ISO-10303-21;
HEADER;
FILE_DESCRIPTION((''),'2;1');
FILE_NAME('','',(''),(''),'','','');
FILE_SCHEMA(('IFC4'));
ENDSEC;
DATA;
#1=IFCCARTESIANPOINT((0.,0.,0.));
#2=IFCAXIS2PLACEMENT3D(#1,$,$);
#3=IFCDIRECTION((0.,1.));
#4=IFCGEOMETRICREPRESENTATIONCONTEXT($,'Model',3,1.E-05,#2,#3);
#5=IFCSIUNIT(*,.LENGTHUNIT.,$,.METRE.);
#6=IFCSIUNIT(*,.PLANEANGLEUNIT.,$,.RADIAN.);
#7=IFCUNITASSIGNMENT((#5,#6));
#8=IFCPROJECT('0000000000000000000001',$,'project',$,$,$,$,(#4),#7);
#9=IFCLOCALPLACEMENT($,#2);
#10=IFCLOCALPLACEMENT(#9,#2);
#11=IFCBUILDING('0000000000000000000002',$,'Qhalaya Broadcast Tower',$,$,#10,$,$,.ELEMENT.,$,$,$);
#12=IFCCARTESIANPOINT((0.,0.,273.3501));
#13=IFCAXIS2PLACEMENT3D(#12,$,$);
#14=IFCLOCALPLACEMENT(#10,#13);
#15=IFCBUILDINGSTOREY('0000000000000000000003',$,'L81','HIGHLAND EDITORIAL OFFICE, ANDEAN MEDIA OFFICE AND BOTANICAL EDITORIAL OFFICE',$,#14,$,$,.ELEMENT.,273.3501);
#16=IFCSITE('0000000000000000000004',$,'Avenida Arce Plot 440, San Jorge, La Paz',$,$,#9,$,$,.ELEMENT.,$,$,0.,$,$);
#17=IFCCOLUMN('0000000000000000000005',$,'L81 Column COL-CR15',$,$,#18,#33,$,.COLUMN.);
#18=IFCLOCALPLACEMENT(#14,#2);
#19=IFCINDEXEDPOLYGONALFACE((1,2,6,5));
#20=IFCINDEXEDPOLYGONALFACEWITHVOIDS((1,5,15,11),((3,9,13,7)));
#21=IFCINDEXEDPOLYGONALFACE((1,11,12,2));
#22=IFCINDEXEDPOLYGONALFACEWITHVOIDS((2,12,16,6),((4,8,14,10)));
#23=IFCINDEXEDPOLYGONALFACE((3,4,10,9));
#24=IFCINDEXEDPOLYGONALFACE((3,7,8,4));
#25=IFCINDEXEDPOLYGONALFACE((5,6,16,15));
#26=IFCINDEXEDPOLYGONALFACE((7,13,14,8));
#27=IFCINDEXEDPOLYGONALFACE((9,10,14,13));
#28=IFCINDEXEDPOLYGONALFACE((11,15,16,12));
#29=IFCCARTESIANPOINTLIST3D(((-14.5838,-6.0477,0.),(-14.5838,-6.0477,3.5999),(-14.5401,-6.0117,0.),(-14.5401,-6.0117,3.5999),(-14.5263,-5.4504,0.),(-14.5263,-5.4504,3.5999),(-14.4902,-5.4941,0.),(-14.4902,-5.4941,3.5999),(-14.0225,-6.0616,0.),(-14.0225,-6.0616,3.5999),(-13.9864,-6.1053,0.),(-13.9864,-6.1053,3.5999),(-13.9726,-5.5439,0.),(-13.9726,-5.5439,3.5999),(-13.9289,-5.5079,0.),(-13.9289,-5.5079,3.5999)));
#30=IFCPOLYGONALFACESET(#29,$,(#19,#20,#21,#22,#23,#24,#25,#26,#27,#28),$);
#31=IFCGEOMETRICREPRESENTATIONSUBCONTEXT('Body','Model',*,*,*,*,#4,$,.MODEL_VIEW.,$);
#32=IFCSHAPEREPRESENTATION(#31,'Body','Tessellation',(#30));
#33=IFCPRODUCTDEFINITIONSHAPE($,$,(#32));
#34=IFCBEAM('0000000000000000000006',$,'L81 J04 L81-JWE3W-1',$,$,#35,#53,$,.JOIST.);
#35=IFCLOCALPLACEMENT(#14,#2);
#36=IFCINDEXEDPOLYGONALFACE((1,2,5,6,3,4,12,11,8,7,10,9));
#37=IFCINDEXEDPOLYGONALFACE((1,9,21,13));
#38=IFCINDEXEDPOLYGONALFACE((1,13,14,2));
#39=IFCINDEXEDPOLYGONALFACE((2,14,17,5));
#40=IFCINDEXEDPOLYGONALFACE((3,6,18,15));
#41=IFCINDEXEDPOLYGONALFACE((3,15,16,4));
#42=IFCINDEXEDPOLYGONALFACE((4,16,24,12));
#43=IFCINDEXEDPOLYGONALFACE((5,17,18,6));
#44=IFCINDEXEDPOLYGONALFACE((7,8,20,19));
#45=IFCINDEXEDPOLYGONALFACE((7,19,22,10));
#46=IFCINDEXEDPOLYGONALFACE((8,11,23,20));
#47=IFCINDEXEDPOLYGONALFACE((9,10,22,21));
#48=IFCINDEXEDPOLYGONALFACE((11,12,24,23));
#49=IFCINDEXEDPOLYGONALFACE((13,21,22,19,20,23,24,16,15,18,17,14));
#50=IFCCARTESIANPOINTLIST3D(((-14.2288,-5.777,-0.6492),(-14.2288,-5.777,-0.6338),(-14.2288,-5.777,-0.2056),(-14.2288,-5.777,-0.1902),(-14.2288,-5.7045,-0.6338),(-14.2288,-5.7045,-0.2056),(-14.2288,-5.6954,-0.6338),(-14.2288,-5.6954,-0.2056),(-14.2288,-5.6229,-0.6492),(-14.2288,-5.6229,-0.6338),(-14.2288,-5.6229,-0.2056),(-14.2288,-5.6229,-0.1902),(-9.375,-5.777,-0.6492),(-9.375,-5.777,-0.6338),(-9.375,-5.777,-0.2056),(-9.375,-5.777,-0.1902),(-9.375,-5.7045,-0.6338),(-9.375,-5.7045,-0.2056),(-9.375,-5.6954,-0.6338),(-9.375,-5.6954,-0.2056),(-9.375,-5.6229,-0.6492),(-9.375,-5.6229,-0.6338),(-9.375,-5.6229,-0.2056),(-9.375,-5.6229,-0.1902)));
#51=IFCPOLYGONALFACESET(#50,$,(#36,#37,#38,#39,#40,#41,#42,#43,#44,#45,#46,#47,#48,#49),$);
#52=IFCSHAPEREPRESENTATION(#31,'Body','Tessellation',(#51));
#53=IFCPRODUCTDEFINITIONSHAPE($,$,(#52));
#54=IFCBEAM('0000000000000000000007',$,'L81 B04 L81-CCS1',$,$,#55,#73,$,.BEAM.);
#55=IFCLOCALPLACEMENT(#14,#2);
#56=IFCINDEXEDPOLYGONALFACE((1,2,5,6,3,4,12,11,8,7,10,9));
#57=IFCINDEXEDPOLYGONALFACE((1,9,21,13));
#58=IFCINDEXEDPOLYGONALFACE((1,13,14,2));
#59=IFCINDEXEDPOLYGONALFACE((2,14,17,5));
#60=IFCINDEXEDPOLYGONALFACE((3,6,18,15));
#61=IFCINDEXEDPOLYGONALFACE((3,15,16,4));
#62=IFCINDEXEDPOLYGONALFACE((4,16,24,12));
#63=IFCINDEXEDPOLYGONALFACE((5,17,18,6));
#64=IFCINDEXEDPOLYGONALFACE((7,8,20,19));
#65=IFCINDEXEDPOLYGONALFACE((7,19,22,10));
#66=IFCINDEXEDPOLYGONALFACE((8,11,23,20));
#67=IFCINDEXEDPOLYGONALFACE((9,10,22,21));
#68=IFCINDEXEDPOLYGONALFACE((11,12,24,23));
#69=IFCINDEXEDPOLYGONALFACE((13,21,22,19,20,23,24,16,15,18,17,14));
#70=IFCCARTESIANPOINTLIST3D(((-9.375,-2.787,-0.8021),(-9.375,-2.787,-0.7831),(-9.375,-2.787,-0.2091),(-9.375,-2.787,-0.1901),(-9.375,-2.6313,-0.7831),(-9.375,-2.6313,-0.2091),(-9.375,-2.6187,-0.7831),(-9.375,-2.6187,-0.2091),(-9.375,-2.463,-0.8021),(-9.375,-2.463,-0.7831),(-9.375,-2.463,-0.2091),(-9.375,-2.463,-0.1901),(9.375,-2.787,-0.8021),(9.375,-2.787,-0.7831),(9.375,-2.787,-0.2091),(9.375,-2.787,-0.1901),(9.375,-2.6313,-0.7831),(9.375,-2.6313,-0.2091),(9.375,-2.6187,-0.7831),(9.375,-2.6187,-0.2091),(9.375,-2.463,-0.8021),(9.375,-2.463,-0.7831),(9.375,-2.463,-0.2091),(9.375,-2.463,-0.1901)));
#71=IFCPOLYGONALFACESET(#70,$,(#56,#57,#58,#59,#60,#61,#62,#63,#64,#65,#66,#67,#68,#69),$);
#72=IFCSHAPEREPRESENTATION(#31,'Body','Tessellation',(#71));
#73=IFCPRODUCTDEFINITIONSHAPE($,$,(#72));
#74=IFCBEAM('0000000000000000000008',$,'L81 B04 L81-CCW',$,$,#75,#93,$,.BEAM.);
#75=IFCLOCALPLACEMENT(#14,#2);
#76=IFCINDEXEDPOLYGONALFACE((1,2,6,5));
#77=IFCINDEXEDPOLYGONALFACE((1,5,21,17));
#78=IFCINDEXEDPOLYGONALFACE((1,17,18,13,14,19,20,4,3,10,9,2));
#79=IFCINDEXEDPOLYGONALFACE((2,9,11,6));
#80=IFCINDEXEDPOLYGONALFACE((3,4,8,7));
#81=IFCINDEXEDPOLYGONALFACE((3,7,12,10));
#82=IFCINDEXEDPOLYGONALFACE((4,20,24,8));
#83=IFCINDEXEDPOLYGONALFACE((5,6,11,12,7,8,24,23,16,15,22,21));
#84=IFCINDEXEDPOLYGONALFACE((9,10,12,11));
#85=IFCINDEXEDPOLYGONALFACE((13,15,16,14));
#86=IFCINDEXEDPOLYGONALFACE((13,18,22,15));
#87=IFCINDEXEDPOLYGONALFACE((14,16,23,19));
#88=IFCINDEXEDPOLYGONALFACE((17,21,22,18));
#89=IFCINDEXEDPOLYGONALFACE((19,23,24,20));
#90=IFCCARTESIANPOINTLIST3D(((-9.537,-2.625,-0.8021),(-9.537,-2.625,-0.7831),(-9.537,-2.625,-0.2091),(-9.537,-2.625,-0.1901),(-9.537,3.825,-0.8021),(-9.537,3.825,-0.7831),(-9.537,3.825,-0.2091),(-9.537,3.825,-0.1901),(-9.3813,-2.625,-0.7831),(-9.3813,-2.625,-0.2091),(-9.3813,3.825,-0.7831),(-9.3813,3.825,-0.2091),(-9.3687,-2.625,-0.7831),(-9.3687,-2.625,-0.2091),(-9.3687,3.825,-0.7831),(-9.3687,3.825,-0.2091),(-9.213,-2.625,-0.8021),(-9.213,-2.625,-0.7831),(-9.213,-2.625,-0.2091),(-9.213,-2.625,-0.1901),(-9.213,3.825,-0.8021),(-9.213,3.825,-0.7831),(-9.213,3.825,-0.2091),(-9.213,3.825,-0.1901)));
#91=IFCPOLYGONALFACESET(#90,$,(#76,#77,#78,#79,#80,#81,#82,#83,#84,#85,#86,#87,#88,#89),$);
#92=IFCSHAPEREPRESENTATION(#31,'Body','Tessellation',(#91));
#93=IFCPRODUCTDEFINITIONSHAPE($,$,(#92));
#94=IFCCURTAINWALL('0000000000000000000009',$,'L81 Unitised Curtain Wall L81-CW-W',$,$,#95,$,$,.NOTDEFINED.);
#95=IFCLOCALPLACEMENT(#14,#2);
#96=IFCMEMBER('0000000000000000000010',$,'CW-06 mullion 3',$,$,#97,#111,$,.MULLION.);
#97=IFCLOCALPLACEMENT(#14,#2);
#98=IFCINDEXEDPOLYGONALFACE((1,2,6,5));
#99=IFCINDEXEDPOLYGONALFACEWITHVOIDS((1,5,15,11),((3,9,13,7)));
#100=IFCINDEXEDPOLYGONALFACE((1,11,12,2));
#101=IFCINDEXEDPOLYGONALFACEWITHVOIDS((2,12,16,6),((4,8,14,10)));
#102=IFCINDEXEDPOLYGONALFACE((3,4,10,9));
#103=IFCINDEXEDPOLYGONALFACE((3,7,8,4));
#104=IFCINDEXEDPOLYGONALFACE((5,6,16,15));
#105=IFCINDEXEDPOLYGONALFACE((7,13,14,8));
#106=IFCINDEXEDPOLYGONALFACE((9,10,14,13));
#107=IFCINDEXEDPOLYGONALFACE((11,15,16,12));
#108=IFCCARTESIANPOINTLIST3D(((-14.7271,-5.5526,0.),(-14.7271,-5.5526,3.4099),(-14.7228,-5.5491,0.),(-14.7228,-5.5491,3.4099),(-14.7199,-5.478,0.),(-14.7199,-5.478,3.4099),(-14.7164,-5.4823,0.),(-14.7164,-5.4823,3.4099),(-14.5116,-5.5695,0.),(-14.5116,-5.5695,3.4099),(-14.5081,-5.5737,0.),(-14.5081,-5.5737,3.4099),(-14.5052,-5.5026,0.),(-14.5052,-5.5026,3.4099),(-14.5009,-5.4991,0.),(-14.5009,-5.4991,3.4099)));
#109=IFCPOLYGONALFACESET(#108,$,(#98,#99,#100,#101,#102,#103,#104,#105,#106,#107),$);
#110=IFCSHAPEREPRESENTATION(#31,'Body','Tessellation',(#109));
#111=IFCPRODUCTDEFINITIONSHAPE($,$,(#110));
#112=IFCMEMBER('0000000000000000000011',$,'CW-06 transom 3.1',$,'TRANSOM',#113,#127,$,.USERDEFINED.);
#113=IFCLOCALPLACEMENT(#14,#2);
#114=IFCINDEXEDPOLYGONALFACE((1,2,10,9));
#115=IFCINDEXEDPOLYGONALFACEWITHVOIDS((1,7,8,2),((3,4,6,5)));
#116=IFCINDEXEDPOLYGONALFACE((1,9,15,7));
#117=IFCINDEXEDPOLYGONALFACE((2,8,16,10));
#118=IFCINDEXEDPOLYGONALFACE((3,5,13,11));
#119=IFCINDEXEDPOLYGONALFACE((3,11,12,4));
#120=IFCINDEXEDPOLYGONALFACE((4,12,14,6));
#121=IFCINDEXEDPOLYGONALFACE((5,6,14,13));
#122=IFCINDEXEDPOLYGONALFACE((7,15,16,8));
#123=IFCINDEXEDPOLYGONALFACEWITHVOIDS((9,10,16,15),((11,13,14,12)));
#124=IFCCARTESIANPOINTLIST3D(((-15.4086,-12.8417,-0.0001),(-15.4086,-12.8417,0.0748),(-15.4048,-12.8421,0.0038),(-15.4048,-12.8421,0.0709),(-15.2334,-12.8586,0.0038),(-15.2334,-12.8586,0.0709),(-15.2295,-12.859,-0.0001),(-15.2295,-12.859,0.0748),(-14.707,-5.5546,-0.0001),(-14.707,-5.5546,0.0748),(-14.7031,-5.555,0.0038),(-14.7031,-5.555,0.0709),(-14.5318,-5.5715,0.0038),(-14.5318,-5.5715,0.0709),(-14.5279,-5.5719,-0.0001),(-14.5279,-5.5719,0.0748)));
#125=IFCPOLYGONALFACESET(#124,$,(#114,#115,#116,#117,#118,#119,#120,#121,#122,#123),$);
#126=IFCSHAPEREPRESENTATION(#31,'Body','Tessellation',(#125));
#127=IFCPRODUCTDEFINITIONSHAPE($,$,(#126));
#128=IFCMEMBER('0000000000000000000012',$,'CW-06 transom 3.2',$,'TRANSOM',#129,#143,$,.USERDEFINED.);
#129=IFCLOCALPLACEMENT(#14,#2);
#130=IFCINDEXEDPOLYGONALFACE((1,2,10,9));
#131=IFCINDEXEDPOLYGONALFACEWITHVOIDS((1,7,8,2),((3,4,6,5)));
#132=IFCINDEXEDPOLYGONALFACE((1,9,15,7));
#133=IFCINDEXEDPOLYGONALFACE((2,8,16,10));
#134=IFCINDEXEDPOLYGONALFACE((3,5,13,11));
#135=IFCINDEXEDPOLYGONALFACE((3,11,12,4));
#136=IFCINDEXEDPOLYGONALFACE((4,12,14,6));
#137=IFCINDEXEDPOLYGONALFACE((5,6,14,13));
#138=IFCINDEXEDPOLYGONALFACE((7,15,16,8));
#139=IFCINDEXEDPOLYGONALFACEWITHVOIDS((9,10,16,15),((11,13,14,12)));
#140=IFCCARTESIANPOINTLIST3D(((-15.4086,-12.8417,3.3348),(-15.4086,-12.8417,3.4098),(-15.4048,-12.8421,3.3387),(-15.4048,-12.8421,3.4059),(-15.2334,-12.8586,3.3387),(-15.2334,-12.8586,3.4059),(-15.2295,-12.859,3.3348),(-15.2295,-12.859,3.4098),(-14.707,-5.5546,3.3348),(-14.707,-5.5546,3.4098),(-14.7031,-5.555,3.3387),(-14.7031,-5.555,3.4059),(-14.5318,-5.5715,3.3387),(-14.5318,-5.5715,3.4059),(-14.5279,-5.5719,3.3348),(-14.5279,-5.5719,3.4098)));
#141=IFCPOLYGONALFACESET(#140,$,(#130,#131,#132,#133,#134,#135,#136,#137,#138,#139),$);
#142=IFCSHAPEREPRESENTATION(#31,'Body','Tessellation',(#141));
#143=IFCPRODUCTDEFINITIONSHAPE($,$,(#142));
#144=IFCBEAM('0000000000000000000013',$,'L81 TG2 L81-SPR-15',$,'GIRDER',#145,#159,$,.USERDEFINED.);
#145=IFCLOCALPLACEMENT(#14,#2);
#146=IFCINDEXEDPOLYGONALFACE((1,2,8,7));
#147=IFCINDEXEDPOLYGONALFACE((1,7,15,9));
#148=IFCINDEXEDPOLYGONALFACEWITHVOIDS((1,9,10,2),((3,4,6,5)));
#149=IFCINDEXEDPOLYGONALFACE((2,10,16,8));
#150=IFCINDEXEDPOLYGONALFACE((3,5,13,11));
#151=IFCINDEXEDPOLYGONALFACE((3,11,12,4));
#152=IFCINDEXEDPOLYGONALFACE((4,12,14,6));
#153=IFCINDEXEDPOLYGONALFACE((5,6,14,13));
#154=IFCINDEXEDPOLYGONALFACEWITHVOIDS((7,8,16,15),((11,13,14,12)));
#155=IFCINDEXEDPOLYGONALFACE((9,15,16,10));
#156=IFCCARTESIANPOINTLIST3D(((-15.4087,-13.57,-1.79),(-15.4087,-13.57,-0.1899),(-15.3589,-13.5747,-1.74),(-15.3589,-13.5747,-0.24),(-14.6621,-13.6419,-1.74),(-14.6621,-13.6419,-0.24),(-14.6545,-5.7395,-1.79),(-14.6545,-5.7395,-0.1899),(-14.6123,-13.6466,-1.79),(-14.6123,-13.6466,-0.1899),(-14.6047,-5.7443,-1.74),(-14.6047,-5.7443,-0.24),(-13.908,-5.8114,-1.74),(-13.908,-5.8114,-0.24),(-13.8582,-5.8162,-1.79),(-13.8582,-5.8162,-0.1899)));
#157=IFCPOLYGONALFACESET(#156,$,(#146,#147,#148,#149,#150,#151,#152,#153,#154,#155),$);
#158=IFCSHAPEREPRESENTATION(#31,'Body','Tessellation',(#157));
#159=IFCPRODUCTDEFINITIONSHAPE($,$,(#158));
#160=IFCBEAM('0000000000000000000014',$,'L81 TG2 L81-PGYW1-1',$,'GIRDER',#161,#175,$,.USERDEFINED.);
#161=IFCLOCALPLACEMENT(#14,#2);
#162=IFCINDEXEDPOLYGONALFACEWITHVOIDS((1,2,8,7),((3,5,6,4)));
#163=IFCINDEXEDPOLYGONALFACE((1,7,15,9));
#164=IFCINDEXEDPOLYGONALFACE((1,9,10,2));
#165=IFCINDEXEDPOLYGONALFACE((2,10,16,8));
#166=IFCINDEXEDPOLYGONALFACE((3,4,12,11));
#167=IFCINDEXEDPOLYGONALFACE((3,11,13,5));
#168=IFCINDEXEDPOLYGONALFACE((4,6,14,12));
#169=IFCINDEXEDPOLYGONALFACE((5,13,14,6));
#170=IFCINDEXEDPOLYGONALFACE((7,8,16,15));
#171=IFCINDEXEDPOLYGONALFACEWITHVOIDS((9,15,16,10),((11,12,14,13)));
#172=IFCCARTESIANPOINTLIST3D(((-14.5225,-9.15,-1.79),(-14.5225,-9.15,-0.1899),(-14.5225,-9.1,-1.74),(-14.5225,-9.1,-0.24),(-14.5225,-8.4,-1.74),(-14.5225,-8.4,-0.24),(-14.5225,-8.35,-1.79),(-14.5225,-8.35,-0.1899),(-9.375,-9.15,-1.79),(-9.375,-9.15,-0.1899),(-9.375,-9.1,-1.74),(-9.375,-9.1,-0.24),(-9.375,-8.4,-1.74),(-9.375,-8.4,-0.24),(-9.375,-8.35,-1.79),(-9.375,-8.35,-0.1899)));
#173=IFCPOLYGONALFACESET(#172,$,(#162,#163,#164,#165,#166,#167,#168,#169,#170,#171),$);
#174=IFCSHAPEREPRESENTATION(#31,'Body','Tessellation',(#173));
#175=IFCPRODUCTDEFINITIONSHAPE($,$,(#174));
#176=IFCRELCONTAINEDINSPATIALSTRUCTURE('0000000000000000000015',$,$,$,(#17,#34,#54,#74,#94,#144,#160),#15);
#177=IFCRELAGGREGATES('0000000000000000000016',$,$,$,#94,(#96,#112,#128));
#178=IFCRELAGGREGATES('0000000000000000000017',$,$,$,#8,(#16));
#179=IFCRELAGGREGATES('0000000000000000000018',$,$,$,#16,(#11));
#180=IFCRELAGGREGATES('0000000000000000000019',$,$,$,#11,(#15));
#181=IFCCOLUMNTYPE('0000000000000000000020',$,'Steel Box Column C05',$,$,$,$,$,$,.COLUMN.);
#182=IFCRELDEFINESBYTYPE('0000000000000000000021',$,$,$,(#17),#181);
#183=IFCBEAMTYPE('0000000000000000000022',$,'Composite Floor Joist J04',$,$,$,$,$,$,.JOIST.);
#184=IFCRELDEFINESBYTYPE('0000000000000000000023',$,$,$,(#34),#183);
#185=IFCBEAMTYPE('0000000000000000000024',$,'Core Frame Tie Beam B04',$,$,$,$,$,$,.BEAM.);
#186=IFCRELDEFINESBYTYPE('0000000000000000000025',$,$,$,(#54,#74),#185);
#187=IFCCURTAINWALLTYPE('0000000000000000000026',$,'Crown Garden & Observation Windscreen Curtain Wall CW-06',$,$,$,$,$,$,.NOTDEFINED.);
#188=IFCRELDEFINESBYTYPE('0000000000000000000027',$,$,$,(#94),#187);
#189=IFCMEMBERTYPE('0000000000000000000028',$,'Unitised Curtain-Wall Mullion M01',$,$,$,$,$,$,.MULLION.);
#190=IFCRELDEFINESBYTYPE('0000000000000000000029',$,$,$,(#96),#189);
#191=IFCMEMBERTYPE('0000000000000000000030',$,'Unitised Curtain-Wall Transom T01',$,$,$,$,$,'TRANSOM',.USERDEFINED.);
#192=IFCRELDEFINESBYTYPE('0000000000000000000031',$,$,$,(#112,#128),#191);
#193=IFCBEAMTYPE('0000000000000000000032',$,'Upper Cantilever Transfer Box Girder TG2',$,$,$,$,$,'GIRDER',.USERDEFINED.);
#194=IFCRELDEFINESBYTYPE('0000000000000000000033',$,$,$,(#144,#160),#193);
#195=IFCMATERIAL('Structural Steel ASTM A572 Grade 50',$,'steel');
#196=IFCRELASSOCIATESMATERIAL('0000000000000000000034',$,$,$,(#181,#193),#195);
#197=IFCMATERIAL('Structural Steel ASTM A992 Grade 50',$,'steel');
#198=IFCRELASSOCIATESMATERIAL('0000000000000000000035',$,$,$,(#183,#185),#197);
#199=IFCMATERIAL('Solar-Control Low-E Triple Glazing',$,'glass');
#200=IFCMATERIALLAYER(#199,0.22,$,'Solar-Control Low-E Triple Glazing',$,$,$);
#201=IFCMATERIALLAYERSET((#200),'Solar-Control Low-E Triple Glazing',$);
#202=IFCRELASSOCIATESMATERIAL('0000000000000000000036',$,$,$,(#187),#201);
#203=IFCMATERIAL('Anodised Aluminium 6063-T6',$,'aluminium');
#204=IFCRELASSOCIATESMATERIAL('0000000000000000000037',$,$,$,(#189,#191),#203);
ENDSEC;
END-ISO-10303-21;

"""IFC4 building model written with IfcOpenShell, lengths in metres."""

from ifc_helpers import new_model, si_unit, direction, frame, origin, origin_2d, place, context, subcontext, project, spatial, hollow_rectangle, i_section, extrude, material, layer, layer_set, material_profile, profile_set, type_object, element, aggregate, save


model = new_model("IFC4")

# Units and contexts
model_context = context("Model", 3, precision=1e-05, world=origin(), true_north=direction((0.0, 1.0)))
body_context = subcontext(model_context, "Body", "Model", "MODEL_VIEW")
ifc_project = project(units=[si_unit("LENGTHUNIT", "METRE"), si_unit("PLANEANGLEUNIT", "RADIAN")], contexts=[model_context])

# Site, building, storey
site_placement = place(None, origin())
site = spatial("IfcSite", under=ifc_project, at=site_placement, Name="Avenida Arce Plot 440, San Jorge, La Paz", CompositionType="ELEMENT", RefElevation=0.0)
building_placement = place(site_placement, origin())
building = spatial("IfcBuilding", under=site, at=building_placement, Name="Qhalaya Broadcast Tower", CompositionType="ELEMENT")
storey_placement = place(building_placement, frame((0.0, 0.0, 273.3501)))
storey = spatial("IfcBuildingStorey", under=building, at=storey_placement, Name="L81", Description="HIGHLAND EDITORIAL OFFICE, ANDEAN MEDIA OFFICE AND BOTANICAL EDITORIAL OFFICE", CompositionType="ELEMENT", Elevation=273.3501)

# Column
ifc_material_1 = material(Name="Structural Steel ASTM A572 Grade 50", Category="steel")
ifc_material_profile_1 = material_profile(ifc_material_1, hollow_rectangle(XDim=0.6001, YDim=0.6001, WallThickness=0.04, at=origin_2d()), Name="BOX 600x600x40")
ifc_profile_set_1 = profile_set([ifc_material_profile_1], Name="Structural Steel ASTM A572 Grade 50")
column_type = type_object("IfcColumnType", Name="Steel Box Column C05", PredefinedType="COLUMN", material=ifc_profile_set_1)
column_placement = place(storey_placement, frame((-14.2563, -5.7778, 0.0), z_axis=(0.0, 0.0, 1.0), x_axis=(0.095846, 0.995396, 0.0)))
element("IfcColumn", 1, at=column_placement, inside=storey, type_object=column_type, Name="L81 Column COL-CR15", PredefinedType="COLUMN", context=body_context, shape_type="SweptSolid", body=[
    extrude(hollow_rectangle(XDim=0.6001, YDim=0.6001, WallThickness=0.04, at=origin_2d()), origin(), (0.0, 0.0, 1.0), 3.5999),
])

# Beams
ifc_material_2 = material(Name="Structural Steel ASTM A992 Grade 50", Category="steel")
ifc_material_profile_2 = material_profile(ifc_material_2, i_section(OverallWidth=0.1541, OverallDepth=0.459, WebThickness=0.009, FlangeThickness=0.0154, at=origin_2d()), Name="W18X46")
ifc_profile_set_2 = profile_set([ifc_material_profile_2], Name="Structural Steel ASTM A992 Grade 50")
beam_type_1 = type_object("IfcBeamType", Name="Composite Floor Joist J04", PredefinedType="JOIST", material=ifc_profile_set_2)
beam_1_placement = place(storey_placement, frame((-14.2288, -5.7, -0.4197), z_axis=(1.0, 0.0, 0.0), x_axis=(0.0, 1.0, 0.0)))
element("IfcBeam", 2, at=beam_1_placement, inside=storey, type_object=beam_type_1, Name="L81 J04 L81-JWE3W-1", PredefinedType="JOIST", context=body_context, shape_type="SweptSolid", body=[
    extrude(i_section(OverallWidth=0.1541, OverallDepth=0.459, WebThickness=0.009, FlangeThickness=0.0154, at=origin_2d()), origin(), (0.0, 0.0, 1.0), 4.8538),
])
ifc_material_profile_3 = material_profile(ifc_material_2, i_section(OverallWidth=0.324, OverallDepth=0.6121, WebThickness=0.0127, FlangeThickness=0.019, at=origin_2d()), Name="W24X104")
ifc_profile_set_3 = profile_set([ifc_material_profile_3], Name="Structural Steel ASTM A992 Grade 50")
beam_type_2 = type_object("IfcBeamType", Name="Core Frame Tie Beam B04", PredefinedType="BEAM", material=ifc_profile_set_3)
beam_2_placement = place(storey_placement, frame((-9.375, -2.625, -0.4961), z_axis=(1.0, 0.0, 0.0), x_axis=(0.0, 1.0, 0.0)))
element("IfcBeam", 3, at=beam_2_placement, inside=storey, type_object=beam_type_2, Name="L81 B04 L81-CCS1", PredefinedType="BEAM", context=body_context, shape_type="SweptSolid", body=[
    extrude(i_section(OverallWidth=0.324, OverallDepth=0.6121, WebThickness=0.0127, FlangeThickness=0.019, at=origin_2d()), origin(), (0.0, 0.0, 1.0), 18.75),
])
beam_3_placement = place(storey_placement, frame((-9.375, -2.625, -0.4961), z_axis=(0.0, 1.0, 0.0), x_axis=(-1.0, 0.0, 0.0)))
element("IfcBeam", 4, at=beam_3_placement, inside=storey, type_object=beam_type_2, Name="L81 B04 L81-CCW", PredefinedType="BEAM", context=body_context, shape_type="SweptSolid", body=[
    extrude(i_section(OverallWidth=0.324, OverallDepth=0.6121, WebThickness=0.0127, FlangeThickness=0.019, at=origin_2d()), origin(), (0.0, 0.0, 1.0), 6.45),
])

# Curtain wall, members
ifc_material_3 = material(Name="Solar-Control Low-E Triple Glazing", Category="glass")
ifc_layer_1 = layer(ifc_material_3, 0.22, Name="Solar-Control Low-E Triple Glazing")
ifc_layer_set_1 = layer_set([ifc_layer_1], Name="Solar-Control Low-E Triple Glazing")
curtain_wall_type = type_object("IfcCurtainWallType", Name="Crown Garden & Observation Windscreen Curtain Wall CW-06", PredefinedType="NOTDEFINED", material=ifc_layer_set_1)
curtain_wall_placement = place(storey_placement, origin())
curtain_wall = element("IfcCurtainWall", 5, at=curtain_wall_placement, inside=storey, type_object=curtain_wall_type, Name="L81 Unitised Curtain Wall L81-CW-W", PredefinedType="NOTDEFINED")
ifc_material_4 = material(Name="Anodised Aluminium 6063-T6", Category="aluminium")
ifc_material_profile_4 = material_profile(ifc_material_4, hollow_rectangle(XDim=0.075, YDim=0.22, WallThickness=0.0039, at=origin_2d()), Name="ALU-MUL 75x220x4")
ifc_profile_set_4 = profile_set([ifc_material_profile_4], Name="Anodised Aluminium 6063-T6")
member_type_1 = type_object("IfcMemberType", Name="Unitised Curtain-Wall Mullion M01", PredefinedType="MULLION", material=ifc_profile_set_4)
member_1_placement = place(storey_placement, frame((-14.614, -5.5259, 0.0), z_axis=(0.0, 0.0, 1.0), x_axis=(-0.095848, -0.995396, 0.0)))
member_1 = element("IfcMember", 6, at=member_1_placement, type_object=member_type_1, Name="CW-06 mullion 3", PredefinedType="MULLION", context=body_context, shape_type="SweptSolid", body=[
    extrude(hollow_rectangle(XDim=0.075, YDim=0.22, WallThickness=0.0039, at=origin_2d()), origin(), (0.0, 0.0, 1.0), 3.4099),
])
ifc_material_profile_5 = material_profile(ifc_material_4, hollow_rectangle(XDim=0.075, YDim=0.1799, WallThickness=0.0039, at=origin_2d()), Name="ALU-TRN 75x180x4")
ifc_profile_set_5 = profile_set([ifc_material_profile_5], Name="Anodised Aluminium 6063-T6")
member_type_2 = type_object("IfcMemberType", Name="Unitised Curtain-Wall Transom T01", ElementType="TRANSOM", PredefinedType="USERDEFINED", material=ifc_profile_set_5)
member_2_placement = place(storey_placement, frame((-14.6174, -5.5632, 0.0374), z_axis=(-0.095845, -0.995396, 0.0), x_axis=(0.0, 0.0, 1.0)))
member_2 = element("IfcMember", 7, at=member_2_placement, type_object=member_type_2, Name="CW-06 transom 3.1", ObjectType="TRANSOM", PredefinedType="USERDEFINED", context=body_context, shape_type="SweptSolid", body=[
    extrude(hollow_rectangle(XDim=0.075, YDim=0.1799, WallThickness=0.0039, at=origin_2d()), origin(), (0.0, 0.0, 1.0), 7.3208),
])
member_3_placement = place(storey_placement, frame((-14.6174, -5.5632, 3.3723), z_axis=(-0.095845, -0.995396, 0.0), x_axis=(0.0, 0.0, 1.0)))
member_3 = element("IfcMember", 8, at=member_3_placement, type_object=member_type_2, Name="CW-06 transom 3.2", ObjectType="TRANSOM", PredefinedType="USERDEFINED", context=body_context, shape_type="SweptSolid", body=[
    extrude(hollow_rectangle(XDim=0.075, YDim=0.1799, WallThickness=0.0039, at=origin_2d()), origin(), (0.0, 0.0, 1.0), 7.3208),
])
aggregate(curtain_wall, [member_1, member_2, member_3])

# Beams
ifc_material_profile_6 = material_profile(ifc_material_1, hollow_rectangle(XDim=0.8, YDim=1.6001, WallThickness=0.05, at=origin_2d()), Name="BOX 800x1600x50")
ifc_profile_set_6 = profile_set([ifc_material_profile_6], Name="Structural Steel ASTM A572 Grade 50")
beam_type_3 = type_object("IfcBeamType", Name="Upper Cantilever Transfer Box Girder TG2", ElementType="GIRDER", PredefinedType="USERDEFINED", material=ifc_profile_set_6)
beam_4_placement = place(storey_placement, frame((-14.2563, -5.7778, -0.99), z_axis=(-0.095865, -0.995394, 0.0), x_axis=(0.995394, -0.095865, 0.0)))
element("IfcBeam", 9, at=beam_4_placement, inside=storey, type_object=beam_type_3, Name="L81 TG2 L81-SPR-15", ObjectType="GIRDER", PredefinedType="USERDEFINED", context=body_context, shape_type="SweptSolid", body=[
    extrude(hollow_rectangle(XDim=0.8, YDim=1.6001, WallThickness=0.05, at=origin_2d()), origin(), (0.0, 0.0, 1.0), 7.8667),
])
beam_5_placement = place(storey_placement, frame((-14.5225, -8.75, -0.99), z_axis=(1.0, 0.0, 0.0), x_axis=(0.0, 1.0, 0.0)))
element("IfcBeam", 10, at=beam_5_placement, inside=storey, type_object=beam_type_3, Name="L81 TG2 L81-PGYW1-1", ObjectType="GIRDER", PredefinedType="USERDEFINED", context=body_context, shape_type="SweptSolid", body=[
    extrude(hollow_rectangle(XDim=0.8, YDim=1.6001, WallThickness=0.05, at=origin_2d()), origin(), (0.0, 0.0, 1.0), 5.1475),
])

save(model, "model.ifc")
